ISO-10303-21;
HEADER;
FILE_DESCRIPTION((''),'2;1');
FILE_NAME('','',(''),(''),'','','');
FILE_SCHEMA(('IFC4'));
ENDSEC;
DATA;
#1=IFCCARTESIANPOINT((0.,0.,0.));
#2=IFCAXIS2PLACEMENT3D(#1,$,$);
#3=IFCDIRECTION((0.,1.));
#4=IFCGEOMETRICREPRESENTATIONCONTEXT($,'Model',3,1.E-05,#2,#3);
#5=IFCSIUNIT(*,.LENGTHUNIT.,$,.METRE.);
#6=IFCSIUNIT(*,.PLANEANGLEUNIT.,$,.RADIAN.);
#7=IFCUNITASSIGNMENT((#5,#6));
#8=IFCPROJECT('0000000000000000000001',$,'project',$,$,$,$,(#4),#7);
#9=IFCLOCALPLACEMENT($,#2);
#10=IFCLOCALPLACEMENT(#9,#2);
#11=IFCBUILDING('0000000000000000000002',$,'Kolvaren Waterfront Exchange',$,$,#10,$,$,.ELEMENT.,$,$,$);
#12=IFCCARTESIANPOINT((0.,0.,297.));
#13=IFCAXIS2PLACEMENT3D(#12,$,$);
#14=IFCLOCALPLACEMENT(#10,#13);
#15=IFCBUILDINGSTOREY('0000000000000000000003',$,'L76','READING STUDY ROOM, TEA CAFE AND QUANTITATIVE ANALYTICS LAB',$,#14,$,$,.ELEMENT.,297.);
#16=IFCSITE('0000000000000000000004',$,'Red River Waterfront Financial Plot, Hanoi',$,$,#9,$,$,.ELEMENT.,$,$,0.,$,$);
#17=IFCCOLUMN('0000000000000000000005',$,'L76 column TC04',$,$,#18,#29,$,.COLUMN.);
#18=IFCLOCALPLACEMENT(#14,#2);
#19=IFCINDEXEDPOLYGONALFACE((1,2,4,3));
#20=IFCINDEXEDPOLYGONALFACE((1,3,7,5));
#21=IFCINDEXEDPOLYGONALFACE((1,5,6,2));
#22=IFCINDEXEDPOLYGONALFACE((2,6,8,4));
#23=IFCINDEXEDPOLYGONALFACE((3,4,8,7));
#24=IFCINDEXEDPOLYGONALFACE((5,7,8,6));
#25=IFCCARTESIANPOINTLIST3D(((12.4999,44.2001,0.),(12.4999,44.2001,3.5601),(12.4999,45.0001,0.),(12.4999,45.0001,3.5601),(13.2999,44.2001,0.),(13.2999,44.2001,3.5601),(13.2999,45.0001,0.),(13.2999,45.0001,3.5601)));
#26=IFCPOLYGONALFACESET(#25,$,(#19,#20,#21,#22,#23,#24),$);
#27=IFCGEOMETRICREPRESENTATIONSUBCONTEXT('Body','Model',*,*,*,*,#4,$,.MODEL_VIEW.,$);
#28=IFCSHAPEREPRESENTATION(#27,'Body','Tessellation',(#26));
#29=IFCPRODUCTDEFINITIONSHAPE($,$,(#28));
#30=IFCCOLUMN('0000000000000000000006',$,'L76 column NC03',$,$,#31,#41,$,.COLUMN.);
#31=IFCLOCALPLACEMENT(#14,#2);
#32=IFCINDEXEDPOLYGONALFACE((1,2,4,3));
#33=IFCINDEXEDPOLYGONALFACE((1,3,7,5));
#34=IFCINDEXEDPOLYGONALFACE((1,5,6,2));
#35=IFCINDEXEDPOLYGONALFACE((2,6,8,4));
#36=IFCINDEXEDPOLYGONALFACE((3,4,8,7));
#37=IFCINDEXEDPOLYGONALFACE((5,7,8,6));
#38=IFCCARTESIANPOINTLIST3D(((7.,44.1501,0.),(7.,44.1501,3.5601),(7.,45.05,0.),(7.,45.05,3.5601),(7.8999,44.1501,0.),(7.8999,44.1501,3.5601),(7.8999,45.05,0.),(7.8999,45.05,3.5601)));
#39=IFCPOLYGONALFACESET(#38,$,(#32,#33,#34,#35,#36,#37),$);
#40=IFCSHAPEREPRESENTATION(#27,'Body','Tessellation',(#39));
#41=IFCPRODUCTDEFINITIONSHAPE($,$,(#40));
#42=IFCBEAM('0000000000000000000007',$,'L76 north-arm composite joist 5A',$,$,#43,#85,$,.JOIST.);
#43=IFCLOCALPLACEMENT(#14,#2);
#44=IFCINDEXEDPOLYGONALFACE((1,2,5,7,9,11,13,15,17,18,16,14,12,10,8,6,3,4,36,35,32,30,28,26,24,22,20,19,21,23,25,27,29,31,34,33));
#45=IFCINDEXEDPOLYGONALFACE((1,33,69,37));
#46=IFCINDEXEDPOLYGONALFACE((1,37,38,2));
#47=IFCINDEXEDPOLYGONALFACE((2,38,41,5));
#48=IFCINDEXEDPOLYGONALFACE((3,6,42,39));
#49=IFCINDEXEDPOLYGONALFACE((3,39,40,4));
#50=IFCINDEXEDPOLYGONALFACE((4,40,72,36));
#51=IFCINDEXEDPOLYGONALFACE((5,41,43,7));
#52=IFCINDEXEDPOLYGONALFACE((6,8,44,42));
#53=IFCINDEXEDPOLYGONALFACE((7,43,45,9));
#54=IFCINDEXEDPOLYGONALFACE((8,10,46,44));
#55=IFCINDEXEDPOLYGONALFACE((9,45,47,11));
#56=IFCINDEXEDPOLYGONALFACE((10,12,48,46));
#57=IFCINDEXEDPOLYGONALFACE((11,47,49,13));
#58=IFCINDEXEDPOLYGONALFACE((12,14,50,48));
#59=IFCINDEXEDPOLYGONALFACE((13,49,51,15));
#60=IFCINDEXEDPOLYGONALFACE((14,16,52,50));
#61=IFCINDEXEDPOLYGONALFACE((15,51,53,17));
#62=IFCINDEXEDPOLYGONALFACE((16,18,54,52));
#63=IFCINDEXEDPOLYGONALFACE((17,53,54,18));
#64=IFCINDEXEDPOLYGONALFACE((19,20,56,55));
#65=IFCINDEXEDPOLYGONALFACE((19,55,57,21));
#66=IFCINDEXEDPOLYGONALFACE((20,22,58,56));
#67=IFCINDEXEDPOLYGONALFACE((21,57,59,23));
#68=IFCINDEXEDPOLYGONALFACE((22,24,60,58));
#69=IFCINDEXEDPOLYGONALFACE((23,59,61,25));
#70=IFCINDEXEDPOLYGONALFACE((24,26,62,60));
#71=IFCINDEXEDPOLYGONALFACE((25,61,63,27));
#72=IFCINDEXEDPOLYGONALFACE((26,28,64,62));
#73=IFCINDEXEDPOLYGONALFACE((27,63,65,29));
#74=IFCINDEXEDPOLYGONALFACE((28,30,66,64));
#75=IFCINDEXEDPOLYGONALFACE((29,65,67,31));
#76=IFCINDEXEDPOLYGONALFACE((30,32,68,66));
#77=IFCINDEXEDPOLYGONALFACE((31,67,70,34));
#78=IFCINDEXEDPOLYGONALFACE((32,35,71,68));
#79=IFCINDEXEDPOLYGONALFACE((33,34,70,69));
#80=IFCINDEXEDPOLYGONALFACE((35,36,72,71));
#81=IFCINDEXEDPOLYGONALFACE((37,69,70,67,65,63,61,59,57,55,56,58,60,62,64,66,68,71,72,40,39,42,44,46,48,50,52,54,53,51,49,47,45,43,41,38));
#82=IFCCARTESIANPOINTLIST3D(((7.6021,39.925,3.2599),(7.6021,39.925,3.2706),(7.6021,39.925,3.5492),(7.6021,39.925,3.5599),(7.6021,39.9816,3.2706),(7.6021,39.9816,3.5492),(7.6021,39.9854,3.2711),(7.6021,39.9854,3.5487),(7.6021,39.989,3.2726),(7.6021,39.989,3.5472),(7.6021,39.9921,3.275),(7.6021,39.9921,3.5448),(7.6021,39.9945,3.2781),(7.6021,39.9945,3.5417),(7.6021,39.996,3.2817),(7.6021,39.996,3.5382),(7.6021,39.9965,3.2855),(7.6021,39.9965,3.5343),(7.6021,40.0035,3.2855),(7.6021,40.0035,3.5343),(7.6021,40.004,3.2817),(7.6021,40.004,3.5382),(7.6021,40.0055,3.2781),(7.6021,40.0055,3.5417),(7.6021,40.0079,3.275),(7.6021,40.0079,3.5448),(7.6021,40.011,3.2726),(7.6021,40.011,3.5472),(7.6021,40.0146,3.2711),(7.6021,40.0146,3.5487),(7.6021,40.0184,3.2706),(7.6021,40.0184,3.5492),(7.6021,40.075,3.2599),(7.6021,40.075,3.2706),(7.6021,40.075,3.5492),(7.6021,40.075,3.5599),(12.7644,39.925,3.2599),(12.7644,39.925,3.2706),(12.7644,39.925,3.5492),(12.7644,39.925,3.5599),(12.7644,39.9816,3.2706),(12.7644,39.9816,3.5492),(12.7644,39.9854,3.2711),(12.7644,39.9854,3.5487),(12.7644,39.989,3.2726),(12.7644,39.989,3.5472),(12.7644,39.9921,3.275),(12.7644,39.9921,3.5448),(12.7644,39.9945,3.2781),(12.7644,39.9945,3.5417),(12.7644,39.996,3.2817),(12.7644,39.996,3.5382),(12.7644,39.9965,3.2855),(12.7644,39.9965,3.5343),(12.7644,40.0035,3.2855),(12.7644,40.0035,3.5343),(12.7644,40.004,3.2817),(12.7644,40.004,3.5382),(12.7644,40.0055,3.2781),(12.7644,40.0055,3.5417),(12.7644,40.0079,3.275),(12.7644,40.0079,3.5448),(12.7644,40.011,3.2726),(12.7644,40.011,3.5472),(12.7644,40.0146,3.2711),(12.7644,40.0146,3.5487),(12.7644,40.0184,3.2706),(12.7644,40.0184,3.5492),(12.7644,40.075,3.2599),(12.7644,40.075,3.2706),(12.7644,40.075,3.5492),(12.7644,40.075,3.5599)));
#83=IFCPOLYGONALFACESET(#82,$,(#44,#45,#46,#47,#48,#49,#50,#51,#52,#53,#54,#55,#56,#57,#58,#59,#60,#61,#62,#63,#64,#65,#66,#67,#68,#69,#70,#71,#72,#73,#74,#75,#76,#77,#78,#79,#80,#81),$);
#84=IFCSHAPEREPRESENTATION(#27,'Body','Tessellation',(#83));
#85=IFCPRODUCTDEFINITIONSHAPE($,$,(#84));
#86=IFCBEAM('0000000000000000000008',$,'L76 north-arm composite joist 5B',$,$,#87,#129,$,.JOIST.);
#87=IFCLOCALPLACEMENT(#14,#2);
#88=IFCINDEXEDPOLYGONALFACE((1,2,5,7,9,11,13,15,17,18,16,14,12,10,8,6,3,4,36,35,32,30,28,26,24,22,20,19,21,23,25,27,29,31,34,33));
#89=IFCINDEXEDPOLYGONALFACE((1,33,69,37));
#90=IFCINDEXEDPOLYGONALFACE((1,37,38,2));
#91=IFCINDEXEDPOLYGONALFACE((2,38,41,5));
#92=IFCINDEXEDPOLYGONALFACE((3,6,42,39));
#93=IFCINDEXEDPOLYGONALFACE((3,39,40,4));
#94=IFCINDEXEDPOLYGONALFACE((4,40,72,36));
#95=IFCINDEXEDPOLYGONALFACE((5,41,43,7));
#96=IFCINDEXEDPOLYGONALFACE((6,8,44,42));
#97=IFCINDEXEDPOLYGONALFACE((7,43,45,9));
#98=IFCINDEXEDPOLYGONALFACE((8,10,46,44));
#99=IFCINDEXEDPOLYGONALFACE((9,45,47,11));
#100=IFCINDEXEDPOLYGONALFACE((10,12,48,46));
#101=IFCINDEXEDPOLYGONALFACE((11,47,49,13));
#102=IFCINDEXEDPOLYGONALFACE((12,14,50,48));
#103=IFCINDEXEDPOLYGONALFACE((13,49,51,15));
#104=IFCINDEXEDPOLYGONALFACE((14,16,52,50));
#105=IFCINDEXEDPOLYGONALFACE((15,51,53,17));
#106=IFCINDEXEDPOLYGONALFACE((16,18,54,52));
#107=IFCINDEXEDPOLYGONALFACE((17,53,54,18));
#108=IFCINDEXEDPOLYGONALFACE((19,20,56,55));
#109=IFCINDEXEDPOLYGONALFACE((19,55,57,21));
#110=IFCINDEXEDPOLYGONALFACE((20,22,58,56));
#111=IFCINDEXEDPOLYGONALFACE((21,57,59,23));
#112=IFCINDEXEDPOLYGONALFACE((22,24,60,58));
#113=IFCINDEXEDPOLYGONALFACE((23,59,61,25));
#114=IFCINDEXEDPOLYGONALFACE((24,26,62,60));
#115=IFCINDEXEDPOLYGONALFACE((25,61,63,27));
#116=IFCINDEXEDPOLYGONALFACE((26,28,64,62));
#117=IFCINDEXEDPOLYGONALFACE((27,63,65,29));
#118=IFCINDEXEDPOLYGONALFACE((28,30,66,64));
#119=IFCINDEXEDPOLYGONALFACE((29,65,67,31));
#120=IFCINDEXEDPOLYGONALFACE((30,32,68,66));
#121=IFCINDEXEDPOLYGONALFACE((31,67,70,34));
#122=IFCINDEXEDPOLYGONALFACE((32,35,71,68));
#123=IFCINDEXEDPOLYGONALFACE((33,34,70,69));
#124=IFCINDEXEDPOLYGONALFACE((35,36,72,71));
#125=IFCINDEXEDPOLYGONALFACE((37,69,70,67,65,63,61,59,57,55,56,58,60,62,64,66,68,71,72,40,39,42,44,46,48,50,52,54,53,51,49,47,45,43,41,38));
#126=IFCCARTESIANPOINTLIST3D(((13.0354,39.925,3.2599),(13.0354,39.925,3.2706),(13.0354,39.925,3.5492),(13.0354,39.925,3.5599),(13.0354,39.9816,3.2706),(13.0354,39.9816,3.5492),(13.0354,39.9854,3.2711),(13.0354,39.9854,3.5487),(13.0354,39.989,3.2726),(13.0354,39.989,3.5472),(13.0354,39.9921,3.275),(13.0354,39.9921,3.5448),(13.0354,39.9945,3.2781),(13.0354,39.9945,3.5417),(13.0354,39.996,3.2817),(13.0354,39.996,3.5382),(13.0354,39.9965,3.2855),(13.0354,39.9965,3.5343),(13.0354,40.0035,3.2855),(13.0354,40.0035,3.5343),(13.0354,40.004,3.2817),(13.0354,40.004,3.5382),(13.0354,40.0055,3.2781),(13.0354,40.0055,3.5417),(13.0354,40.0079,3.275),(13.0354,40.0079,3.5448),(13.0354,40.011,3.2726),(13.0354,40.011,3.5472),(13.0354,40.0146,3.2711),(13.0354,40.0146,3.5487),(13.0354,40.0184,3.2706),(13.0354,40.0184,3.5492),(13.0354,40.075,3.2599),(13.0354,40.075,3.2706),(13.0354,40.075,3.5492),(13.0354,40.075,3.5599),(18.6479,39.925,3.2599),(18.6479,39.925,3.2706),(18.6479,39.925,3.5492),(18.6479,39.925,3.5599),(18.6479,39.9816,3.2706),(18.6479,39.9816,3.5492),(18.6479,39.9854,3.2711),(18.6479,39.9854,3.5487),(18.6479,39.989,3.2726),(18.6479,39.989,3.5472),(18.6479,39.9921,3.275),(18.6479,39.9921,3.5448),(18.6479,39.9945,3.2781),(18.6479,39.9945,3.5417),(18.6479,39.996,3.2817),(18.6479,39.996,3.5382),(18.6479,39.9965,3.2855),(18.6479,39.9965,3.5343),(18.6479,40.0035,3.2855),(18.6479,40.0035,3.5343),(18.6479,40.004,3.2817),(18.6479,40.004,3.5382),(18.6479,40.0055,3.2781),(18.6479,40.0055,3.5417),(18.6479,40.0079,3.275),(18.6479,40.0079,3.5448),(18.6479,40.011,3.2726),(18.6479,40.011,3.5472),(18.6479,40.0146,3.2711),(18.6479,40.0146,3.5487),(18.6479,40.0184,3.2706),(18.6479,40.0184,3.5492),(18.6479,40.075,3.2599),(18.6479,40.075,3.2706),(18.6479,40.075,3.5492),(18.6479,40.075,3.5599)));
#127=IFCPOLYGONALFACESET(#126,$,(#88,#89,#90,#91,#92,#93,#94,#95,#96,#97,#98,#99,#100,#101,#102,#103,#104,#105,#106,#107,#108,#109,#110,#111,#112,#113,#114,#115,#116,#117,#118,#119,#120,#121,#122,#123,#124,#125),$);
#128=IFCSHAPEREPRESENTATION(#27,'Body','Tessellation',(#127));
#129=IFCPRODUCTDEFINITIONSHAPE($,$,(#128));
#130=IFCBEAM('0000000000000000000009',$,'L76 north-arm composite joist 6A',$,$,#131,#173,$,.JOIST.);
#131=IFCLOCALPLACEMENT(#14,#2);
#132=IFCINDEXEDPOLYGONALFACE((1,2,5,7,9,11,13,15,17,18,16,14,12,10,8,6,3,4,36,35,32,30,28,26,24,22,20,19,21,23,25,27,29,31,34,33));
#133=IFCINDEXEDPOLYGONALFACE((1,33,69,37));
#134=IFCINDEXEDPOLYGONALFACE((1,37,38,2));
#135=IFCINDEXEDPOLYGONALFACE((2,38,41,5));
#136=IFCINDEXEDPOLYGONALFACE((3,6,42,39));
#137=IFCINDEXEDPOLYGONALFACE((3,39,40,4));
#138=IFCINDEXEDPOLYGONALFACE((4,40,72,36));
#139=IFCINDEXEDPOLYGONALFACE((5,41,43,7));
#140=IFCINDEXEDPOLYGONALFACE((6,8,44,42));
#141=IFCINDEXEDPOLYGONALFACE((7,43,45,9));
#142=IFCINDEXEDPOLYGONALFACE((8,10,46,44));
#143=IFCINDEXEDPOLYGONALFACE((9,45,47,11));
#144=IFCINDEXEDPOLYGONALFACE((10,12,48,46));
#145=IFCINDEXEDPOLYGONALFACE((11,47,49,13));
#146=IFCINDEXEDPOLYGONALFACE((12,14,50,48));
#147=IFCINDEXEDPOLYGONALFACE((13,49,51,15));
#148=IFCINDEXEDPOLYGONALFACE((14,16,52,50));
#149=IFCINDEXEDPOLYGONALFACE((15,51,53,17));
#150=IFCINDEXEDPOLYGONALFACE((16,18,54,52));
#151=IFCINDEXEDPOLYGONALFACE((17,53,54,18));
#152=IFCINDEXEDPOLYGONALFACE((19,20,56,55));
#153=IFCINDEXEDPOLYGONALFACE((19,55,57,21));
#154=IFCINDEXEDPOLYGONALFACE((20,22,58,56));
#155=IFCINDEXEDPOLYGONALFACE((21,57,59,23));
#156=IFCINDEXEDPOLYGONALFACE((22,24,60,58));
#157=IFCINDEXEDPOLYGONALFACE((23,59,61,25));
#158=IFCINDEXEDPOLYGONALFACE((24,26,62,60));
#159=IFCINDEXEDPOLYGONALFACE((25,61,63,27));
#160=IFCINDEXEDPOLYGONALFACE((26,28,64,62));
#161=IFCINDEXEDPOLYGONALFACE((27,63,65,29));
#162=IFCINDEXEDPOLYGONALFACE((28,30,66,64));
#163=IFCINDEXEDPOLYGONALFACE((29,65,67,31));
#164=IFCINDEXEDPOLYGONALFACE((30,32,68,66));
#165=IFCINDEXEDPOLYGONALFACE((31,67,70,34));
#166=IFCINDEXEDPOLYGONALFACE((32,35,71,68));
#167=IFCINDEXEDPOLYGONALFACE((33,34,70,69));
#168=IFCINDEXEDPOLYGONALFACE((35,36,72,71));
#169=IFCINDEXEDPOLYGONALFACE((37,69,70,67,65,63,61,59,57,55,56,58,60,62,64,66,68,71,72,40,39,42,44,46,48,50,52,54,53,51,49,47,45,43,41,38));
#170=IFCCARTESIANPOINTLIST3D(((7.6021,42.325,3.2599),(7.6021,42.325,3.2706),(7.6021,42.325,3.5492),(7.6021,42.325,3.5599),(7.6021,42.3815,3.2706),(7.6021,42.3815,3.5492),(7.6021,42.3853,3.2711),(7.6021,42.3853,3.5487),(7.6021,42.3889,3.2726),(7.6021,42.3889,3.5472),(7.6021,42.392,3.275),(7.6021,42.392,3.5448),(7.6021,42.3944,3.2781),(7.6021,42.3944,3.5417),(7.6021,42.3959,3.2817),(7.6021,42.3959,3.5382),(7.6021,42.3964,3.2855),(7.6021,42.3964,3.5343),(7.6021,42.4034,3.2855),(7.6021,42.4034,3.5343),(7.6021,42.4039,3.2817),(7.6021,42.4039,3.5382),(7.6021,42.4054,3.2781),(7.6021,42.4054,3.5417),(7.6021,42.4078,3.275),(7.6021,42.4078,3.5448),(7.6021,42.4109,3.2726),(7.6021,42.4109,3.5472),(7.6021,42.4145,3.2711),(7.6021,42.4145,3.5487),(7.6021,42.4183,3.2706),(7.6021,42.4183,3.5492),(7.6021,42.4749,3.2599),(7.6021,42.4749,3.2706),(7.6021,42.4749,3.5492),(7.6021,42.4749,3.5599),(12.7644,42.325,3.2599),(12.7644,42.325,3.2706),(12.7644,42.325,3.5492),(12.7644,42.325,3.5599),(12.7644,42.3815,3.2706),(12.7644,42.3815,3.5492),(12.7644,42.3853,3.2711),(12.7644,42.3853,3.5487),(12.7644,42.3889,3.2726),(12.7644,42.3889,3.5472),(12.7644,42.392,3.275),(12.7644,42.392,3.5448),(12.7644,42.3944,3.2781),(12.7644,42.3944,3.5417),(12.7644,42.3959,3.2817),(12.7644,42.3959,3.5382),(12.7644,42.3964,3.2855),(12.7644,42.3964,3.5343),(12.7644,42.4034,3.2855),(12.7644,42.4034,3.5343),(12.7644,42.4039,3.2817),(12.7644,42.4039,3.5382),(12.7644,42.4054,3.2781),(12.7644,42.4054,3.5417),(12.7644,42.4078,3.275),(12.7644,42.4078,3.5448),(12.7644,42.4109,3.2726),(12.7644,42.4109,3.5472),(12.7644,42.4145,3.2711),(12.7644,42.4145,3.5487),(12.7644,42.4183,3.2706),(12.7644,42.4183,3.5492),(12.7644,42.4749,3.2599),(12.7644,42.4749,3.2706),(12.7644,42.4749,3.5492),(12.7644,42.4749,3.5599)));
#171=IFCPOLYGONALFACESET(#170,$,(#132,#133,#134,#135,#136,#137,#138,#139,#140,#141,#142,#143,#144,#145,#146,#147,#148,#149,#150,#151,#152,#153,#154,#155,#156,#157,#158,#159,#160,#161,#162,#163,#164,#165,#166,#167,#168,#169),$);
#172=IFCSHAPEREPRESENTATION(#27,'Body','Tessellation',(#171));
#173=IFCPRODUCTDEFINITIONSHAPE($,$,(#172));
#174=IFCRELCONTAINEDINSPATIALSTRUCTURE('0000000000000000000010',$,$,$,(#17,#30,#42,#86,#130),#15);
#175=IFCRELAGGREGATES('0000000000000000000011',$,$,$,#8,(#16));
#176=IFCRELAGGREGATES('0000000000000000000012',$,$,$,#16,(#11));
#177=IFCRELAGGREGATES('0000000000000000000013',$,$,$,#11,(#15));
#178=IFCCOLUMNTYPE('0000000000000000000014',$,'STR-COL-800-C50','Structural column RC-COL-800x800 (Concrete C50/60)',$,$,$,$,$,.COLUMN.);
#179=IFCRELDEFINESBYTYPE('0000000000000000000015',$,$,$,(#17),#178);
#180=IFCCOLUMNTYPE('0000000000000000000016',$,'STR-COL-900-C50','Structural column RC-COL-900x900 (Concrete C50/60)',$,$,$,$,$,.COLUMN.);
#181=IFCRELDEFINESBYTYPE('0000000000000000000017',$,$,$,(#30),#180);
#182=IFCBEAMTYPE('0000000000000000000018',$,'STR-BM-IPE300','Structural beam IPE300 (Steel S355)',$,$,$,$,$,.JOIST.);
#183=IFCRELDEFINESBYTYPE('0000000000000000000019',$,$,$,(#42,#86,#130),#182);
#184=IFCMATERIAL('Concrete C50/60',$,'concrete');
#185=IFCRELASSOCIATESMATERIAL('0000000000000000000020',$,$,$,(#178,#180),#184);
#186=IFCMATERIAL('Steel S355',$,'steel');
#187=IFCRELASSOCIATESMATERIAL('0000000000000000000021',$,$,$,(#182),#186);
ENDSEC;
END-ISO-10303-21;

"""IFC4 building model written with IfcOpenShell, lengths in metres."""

from ifc_helpers import new_model, si_unit, direction, frame, origin, origin_2d, place, context, subcontext, project, spatial, rectangle, i_section, extrude, material, material_profile, profile_set, type_object, element, save


model = new_model("IFC4")

# Units and contexts
model_context = context("Model", 3, precision=1e-05, world=origin(), true_north=direction((0.0, 1.0)))
body_context = subcontext(model_context, "Body", "Model", "MODEL_VIEW")
ifc_project = project(units=[si_unit("LENGTHUNIT", "METRE"), si_unit("PLANEANGLEUNIT", "RADIAN")], contexts=[model_context])

# Site, building, storey
site_placement = place(None, origin())
site = spatial("IfcSite", under=ifc_project, at=site_placement, Name="Red River Waterfront Financial Plot, Hanoi", CompositionType="ELEMENT", RefElevation=0.0)
building_placement = place(site_placement, origin())
building = spatial("IfcBuilding", under=site, at=building_placement, Name="Kolvaren Waterfront Exchange", CompositionType="ELEMENT")
storey_placement = place(building_placement, frame((0.0, 0.0, 297.0)))
storey = spatial("IfcBuildingStorey", under=building, at=storey_placement, Name="L76", Description="READING STUDY ROOM, TEA CAFE AND QUANTITATIVE ANALYTICS LAB", CompositionType="ELEMENT", Elevation=297.0)

# Columns
ifc_material_1 = material(Name="Concrete C50/60", Category="concrete")
ifc_material_profile_1 = material_profile(ifc_material_1, rectangle(XDim=0.8, YDim=0.8, at=origin_2d()), Name="RC-COL-800x800")
ifc_profile_set_1 = profile_set([ifc_material_profile_1], Name="Concrete C50/60")
column_type_1 = type_object("IfcColumnType", Name="STR-COL-800-C50", Description="Structural column RC-COL-800x800 (Concrete C50/60)", PredefinedType="COLUMN", material=ifc_profile_set_1)
column_1_placement = place(storey_placement, frame((12.8999, 44.6001, 0.0), z_axis=(0.0, 0.0, 1.0), x_axis=(1.0, 0.0, 0.0)))
element("IfcColumn", 1, at=column_1_placement, inside=storey, type_object=column_type_1, Name="L76 column TC04", PredefinedType="COLUMN", context=body_context, shape_type="SweptSolid", body=[
    extrude(rectangle(XDim=0.8, YDim=0.8, at=origin_2d()), origin(), (0.0, 0.0, 1.0), 3.5601),
])
ifc_material_profile_2 = material_profile(ifc_material_1, rectangle(XDim=0.8999, YDim=0.8999, at=origin_2d()), Name="RC-COL-900x900")
ifc_profile_set_2 = profile_set([ifc_material_profile_2], Name="Concrete C50/60")
column_type_2 = type_object("IfcColumnType", Name="STR-COL-900-C50", Description="Structural column RC-COL-900x900 (Concrete C50/60)", PredefinedType="COLUMN", material=ifc_profile_set_2)
column_2_placement = place(storey_placement, frame((7.45, 44.6001, 0.0), z_axis=(0.0, 0.0, 1.0), x_axis=(1.0, 0.0, 0.0)))
element("IfcColumn", 2, at=column_2_placement, inside=storey, type_object=column_type_2, Name="L76 column NC03", PredefinedType="COLUMN", context=body_context, shape_type="SweptSolid", body=[
    extrude(rectangle(XDim=0.8999, YDim=0.8999, at=origin_2d()), origin(), (0.0, 0.0, 1.0), 3.5601),
])

# Beams
ifc_material_2 = material(Name="Steel S355", Category="steel")
ifc_material_profile_3 = material_profile(ifc_material_2, i_section(OverallWidth=0.1499, OverallDepth=0.3, WebThickness=0.0071, FlangeThickness=0.0107, FilletRadius=0.0149, at=origin_2d()), Name="IPE300")
ifc_profile_set_3 = profile_set([ifc_material_profile_3], Name="Steel S355")
beam_type_1 = type_object("IfcBeamType", Name="STR-BM-IPE300", Description="Structural beam IPE300 (Steel S355)", PredefinedType="JOIST", material=ifc_profile_set_3)
beam_1_placement = place(storey_placement, frame((7.6021, 40.0, 3.4099), z_axis=(1.0, 0.0, 0.0), x_axis=(0.0, 1.0, 0.0)))
element("IfcBeam", 3, at=beam_1_placement, inside=storey, type_object=beam_type_1, Name="L76 north-arm composite joist 5A", PredefinedType="JOIST", context=body_context, shape_type="SweptSolid", body=[
    extrude(i_section(OverallWidth=0.1499, OverallDepth=0.3, WebThickness=0.0071, FlangeThickness=0.0107, FilletRadius=0.0149, at=origin_2d()), origin(), (0.0, 0.0, 1.0), 5.1624),
])
beam_2_placement = place(storey_placement, frame((13.0354, 40.0, 3.4099), z_axis=(1.0, 0.0, 0.0), x_axis=(0.0, 1.0, 0.0)))
element("IfcBeam", 4, at=beam_2_placement, inside=storey, type_object=beam_type_1, Name="L76 north-arm composite joist 5B", PredefinedType="JOIST", context=body_context, shape_type="SweptSolid", body=[
    extrude(i_section(OverallWidth=0.1499, OverallDepth=0.3, WebThickness=0.0071, FlangeThickness=0.0107, FilletRadius=0.0149, at=origin_2d()), origin(), (0.0, 0.0, 1.0), 5.6125),
])
beam_3_placement = place(storey_placement, frame((7.6021, 42.3999, 3.4099), z_axis=(1.0, 0.0, 0.0), x_axis=(0.0, 1.0, 0.0)))
element("IfcBeam", 5, at=beam_3_placement, inside=storey, type_object=beam_type_1, Name="L76 north-arm composite joist 6A", PredefinedType="JOIST", context=body_context, shape_type="SweptSolid", body=[
    extrude(i_section(OverallWidth=0.1499, OverallDepth=0.3, WebThickness=0.0071, FlangeThickness=0.0107, FilletRadius=0.0149, at=origin_2d()), origin(), (0.0, 0.0, 1.0), 5.1624),
])

save(model, "model.ifc")
